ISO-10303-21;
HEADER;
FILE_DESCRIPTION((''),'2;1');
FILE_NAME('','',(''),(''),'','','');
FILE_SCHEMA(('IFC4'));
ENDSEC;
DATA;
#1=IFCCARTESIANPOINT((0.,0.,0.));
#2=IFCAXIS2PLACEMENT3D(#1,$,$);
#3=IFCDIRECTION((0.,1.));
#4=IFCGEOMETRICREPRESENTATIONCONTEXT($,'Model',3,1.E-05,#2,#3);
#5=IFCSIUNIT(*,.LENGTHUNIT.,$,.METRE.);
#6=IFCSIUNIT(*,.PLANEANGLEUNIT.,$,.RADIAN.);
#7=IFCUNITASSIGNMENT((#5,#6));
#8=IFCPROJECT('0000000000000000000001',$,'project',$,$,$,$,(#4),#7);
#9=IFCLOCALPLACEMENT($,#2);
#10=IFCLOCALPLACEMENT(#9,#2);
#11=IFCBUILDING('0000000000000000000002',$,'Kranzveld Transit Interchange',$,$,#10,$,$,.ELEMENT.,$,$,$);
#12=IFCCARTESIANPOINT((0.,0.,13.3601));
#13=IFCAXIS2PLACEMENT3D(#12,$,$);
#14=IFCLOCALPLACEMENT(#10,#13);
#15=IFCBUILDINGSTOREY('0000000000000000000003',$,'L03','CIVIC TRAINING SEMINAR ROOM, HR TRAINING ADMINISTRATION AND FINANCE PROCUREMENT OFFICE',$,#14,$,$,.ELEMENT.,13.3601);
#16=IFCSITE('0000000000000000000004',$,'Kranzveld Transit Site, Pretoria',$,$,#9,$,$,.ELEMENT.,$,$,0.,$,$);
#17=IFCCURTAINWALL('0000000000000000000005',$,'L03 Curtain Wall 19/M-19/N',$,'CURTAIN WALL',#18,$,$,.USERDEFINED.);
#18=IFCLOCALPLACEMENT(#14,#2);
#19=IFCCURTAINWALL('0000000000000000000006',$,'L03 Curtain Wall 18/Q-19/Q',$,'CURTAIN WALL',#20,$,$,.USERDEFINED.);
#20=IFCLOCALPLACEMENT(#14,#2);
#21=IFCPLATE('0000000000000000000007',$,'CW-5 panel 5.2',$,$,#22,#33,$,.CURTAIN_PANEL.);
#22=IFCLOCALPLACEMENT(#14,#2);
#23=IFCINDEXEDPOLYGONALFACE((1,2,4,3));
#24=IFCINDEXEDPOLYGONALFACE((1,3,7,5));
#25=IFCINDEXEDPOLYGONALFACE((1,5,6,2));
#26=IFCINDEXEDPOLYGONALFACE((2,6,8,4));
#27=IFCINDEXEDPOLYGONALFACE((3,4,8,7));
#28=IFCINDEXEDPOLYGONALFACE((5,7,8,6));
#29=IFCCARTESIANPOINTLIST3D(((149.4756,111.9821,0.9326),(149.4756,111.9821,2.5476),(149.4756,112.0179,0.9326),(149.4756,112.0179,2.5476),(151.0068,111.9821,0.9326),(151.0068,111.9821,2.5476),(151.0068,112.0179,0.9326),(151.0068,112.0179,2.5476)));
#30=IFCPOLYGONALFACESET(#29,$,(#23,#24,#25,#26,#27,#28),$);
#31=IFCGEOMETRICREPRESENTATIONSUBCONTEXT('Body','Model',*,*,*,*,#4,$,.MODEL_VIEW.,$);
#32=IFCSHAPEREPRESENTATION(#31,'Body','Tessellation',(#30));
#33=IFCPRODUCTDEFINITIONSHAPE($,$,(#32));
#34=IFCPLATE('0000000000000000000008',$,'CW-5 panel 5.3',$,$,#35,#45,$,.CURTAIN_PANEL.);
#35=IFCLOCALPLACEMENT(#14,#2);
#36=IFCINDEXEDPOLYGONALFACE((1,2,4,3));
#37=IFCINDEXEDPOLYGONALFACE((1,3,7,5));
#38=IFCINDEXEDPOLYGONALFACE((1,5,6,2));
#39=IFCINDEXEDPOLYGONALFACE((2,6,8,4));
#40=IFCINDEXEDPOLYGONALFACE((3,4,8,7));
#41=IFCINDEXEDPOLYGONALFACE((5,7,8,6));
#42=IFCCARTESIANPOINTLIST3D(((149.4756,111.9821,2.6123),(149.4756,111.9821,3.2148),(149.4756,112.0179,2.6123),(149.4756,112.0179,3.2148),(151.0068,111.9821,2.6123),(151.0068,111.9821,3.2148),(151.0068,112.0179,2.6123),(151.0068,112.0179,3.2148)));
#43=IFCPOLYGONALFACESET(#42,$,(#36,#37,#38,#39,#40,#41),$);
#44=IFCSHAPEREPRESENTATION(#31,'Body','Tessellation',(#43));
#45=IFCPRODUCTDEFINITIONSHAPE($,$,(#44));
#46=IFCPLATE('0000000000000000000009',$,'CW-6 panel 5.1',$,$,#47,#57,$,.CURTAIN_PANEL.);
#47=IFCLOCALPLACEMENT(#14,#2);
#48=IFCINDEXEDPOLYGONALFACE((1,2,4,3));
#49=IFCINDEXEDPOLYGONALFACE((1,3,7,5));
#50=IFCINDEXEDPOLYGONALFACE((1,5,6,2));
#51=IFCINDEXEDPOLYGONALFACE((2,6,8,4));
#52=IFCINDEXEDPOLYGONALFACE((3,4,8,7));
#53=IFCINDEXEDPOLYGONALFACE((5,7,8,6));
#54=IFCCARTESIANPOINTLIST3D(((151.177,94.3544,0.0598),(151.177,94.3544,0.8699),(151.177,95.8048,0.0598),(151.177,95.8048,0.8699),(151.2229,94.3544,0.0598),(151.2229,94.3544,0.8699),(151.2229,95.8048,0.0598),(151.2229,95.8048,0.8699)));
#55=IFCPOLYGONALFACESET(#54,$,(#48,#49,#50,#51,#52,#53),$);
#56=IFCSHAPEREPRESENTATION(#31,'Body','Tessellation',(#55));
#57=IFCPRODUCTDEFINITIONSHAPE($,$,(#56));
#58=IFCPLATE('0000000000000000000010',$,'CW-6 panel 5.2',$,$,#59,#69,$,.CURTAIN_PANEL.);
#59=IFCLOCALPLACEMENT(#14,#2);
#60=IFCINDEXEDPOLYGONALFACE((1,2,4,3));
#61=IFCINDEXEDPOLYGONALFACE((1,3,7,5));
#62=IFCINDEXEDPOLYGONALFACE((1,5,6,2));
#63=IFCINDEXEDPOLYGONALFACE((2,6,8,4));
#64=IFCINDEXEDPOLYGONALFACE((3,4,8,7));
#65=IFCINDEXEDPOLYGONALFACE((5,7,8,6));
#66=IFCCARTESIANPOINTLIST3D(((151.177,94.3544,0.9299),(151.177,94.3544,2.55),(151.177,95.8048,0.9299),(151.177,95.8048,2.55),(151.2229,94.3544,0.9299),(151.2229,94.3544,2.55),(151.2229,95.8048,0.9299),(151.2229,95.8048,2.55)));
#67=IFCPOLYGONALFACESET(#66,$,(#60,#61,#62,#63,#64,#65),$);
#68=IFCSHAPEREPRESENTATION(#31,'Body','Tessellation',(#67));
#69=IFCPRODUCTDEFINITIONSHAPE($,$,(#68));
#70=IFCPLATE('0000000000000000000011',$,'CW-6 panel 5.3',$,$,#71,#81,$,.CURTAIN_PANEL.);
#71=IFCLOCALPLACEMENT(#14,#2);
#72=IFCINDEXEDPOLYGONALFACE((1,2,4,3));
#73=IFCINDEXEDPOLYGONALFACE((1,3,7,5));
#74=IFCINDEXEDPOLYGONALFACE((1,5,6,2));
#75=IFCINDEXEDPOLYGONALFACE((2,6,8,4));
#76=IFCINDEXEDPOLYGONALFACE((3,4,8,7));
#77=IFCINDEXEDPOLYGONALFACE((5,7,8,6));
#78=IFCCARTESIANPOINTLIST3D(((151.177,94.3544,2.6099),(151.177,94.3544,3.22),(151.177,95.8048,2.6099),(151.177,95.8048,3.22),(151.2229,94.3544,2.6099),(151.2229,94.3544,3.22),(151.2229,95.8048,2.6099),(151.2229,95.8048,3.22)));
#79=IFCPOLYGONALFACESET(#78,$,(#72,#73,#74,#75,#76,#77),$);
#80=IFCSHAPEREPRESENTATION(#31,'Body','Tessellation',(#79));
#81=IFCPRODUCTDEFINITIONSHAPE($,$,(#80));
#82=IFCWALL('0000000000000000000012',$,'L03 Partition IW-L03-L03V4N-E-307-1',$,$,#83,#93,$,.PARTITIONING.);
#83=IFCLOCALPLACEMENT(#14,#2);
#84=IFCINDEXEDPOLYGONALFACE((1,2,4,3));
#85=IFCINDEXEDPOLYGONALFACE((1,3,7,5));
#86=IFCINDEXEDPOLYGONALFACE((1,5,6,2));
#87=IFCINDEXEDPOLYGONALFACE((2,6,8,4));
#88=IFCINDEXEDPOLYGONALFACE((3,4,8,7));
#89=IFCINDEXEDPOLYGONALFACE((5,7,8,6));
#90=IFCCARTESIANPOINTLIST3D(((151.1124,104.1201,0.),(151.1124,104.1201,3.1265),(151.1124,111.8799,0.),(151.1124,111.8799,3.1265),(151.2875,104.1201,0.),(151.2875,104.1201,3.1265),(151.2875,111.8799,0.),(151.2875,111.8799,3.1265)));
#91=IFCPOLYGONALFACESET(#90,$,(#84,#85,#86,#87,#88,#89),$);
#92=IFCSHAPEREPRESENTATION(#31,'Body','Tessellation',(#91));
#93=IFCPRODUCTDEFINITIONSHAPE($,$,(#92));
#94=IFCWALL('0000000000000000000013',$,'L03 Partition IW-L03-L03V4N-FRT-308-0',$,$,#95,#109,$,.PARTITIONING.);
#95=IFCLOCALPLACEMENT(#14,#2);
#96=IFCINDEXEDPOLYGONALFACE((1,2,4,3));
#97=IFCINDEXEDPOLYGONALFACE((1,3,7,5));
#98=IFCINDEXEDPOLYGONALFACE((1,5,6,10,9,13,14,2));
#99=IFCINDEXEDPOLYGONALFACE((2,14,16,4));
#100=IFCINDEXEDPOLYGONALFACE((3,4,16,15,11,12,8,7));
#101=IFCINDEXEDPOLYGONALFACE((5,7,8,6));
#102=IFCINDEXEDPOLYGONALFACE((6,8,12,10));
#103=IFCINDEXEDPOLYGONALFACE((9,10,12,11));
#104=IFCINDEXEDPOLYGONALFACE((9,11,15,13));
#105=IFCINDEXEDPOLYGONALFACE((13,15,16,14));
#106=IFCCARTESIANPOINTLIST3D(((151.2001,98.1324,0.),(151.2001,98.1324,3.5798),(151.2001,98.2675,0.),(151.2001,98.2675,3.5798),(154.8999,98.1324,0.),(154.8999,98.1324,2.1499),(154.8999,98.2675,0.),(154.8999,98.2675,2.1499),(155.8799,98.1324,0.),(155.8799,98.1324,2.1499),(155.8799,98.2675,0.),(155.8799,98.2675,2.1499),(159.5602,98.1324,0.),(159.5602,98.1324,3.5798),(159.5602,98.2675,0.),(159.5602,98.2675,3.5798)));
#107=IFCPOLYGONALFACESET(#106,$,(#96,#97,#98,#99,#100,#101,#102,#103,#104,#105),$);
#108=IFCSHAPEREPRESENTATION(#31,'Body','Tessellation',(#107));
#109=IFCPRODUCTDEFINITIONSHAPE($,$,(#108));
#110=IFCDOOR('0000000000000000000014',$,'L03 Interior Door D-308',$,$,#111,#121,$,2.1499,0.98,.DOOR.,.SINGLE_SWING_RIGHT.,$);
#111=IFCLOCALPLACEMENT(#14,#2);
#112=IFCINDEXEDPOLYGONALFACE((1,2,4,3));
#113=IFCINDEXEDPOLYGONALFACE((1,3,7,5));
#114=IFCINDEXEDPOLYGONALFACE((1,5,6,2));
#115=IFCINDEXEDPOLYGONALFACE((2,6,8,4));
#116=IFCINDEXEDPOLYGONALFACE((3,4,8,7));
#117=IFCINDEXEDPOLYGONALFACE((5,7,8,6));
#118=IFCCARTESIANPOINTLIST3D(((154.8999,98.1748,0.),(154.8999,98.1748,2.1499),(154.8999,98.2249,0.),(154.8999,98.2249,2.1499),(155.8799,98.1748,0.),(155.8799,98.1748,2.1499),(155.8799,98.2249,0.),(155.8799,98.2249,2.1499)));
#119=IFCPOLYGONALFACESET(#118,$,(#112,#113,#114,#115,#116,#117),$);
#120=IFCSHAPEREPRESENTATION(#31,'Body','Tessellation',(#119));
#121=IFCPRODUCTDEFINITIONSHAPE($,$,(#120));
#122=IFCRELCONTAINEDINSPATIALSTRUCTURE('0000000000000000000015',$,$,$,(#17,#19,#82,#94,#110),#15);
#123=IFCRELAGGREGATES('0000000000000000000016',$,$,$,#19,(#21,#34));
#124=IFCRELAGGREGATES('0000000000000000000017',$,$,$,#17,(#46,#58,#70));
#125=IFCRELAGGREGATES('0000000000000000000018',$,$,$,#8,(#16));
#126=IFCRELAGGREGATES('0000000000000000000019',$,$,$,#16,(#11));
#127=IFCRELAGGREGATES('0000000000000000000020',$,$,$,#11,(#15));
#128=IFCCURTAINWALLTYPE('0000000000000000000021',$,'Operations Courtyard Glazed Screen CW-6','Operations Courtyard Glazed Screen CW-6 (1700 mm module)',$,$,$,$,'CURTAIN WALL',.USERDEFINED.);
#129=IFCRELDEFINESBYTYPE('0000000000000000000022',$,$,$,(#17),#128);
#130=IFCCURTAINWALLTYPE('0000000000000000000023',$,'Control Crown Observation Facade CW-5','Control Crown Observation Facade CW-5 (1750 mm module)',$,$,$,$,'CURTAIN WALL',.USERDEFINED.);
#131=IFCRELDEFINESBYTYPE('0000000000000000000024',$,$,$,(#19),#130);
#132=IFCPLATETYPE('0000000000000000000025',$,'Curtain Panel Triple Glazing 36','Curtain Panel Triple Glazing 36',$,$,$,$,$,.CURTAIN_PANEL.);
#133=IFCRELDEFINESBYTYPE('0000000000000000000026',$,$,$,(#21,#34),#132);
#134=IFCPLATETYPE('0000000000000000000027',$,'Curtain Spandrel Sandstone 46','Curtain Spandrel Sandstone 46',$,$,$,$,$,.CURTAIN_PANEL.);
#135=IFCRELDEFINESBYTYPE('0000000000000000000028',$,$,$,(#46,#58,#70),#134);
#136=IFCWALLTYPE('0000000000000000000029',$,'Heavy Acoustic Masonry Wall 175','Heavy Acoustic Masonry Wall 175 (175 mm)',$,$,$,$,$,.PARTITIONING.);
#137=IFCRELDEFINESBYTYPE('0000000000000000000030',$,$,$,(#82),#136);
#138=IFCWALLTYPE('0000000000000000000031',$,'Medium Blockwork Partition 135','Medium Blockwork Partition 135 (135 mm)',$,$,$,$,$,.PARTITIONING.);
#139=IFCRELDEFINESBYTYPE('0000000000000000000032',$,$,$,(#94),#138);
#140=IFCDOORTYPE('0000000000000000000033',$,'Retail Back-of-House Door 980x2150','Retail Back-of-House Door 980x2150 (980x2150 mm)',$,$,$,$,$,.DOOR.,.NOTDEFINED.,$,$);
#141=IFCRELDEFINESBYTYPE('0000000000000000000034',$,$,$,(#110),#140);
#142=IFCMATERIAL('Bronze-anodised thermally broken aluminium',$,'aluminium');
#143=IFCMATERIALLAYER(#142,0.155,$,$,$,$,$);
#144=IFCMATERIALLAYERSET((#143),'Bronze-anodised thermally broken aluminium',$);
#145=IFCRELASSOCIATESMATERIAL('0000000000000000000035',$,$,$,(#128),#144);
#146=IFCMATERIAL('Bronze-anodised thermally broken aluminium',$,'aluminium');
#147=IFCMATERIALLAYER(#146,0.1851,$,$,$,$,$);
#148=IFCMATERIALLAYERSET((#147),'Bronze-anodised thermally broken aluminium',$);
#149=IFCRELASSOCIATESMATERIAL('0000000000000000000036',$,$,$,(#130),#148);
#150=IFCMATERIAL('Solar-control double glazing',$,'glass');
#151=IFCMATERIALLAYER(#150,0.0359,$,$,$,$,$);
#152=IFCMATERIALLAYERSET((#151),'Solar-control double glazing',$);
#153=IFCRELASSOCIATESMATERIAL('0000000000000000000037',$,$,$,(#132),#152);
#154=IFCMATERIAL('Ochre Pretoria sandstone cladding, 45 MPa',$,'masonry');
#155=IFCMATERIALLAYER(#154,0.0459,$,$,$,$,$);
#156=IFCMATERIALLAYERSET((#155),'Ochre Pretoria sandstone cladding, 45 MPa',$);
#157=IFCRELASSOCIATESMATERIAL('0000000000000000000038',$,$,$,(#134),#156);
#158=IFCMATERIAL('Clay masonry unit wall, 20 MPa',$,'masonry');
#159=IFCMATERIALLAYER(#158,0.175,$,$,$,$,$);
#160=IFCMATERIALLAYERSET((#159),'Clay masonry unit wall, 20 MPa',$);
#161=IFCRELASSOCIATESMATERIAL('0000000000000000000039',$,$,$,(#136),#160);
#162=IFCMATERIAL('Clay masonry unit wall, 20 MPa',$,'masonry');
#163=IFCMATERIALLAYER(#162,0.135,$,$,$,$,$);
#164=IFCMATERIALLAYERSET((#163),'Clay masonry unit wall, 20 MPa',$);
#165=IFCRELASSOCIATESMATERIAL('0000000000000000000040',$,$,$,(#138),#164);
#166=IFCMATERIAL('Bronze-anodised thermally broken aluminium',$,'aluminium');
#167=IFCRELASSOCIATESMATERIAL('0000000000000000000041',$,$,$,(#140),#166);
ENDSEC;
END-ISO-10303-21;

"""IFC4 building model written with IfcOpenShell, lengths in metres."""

from ifc_helpers import new_model, si_unit, direction, frame, frame_2d, origin, origin_2d, place, context, subcontext, project, spatial, rectangle, extrude, material, layer, layer_set, type_object, element, fill, aggregate, save


model = new_model("IFC4")

# Units and contexts
model_context = context("Model", 3, precision=1e-05, world=origin(), true_north=direction((0.0, 1.0)))
body_context = subcontext(model_context, "Body", "Model", "MODEL_VIEW")
ifc_project = project(units=[si_unit("LENGTHUNIT", "METRE"), si_unit("PLANEANGLEUNIT", "RADIAN")], contexts=[model_context])

# Site, building, storey
site_placement = place(None, origin())
site = spatial("IfcSite", under=ifc_project, at=site_placement, Name="Kranzveld Transit Site, Pretoria", CompositionType="ELEMENT", RefElevation=0.0)
building_placement = place(site_placement, origin())
building = spatial("IfcBuilding", under=site, at=building_placement, Name="Kranzveld Transit Interchange", CompositionType="ELEMENT")
storey_placement = place(building_placement, frame((0.0, 0.0, 13.3601)))
storey = spatial("IfcBuildingStorey", under=building, at=storey_placement, Name="L03", Description="CIVIC TRAINING SEMINAR ROOM, HR TRAINING ADMINISTRATION AND FINANCE PROCUREMENT OFFICE", CompositionType="ELEMENT", Elevation=13.3601)

# Curtain walls
ifc_material_1 = material(Name="Bronze-anodised thermally broken aluminium", Category="aluminium")
ifc_layer_1 = layer(ifc_material_1, 0.155)
ifc_layer_set_1 = layer_set([ifc_layer_1], Name="Bronze-anodised thermally broken aluminium")
curtain_wall_type_1 = type_object("IfcCurtainWallType", Name="Operations Courtyard Glazed Screen CW-6", Description="Operations Courtyard Glazed Screen CW-6 (1700 mm module)", ElementType="CURTAIN WALL", PredefinedType="USERDEFINED", material=ifc_layer_set_1)
curtain_wall_1_placement = place(storey_placement, origin())
curtain_wall_1 = element("IfcCurtainWall", 1, at=curtain_wall_1_placement, inside=storey, type_object=curtain_wall_type_1, Name="L03 Curtain Wall 19/M-19/N", ObjectType="CURTAIN WALL", PredefinedType="USERDEFINED")
ifc_material_2 = material(Name="Bronze-anodised thermally broken aluminium", Category="aluminium")
ifc_layer_2 = layer(ifc_material_2, 0.1851)
ifc_layer_set_2 = layer_set([ifc_layer_2], Name="Bronze-anodised thermally broken aluminium")
curtain_wall_type_2 = type_object("IfcCurtainWallType", Name="Control Crown Observation Facade CW-5", Description="Control Crown Observation Facade CW-5 (1750 mm module)", ElementType="CURTAIN WALL", PredefinedType="USERDEFINED", material=ifc_layer_set_2)
curtain_wall_2_placement = place(storey_placement, origin())
curtain_wall_2 = element("IfcCurtainWall", 2, at=curtain_wall_2_placement, inside=storey, type_object=curtain_wall_type_2, Name="L03 Curtain Wall 18/Q-19/Q", ObjectType="CURTAIN WALL", PredefinedType="USERDEFINED")

# Plates
ifc_material_3 = material(Name="Solar-control double glazing", Category="glass")
ifc_layer_3 = layer(ifc_material_3, 0.0359)
ifc_layer_set_3 = layer_set([ifc_layer_3], Name="Solar-control double glazing")
plate_type_1 = type_object("IfcPlateType", Name="Curtain Panel Triple Glazing 36", Description="Curtain Panel Triple Glazing 36", PredefinedType="CURTAIN_PANEL", material=ifc_layer_set_3)
plate_1_placement = place(storey_placement, frame((150.2412, 112.0, 0.9326), z_axis=(0.0, 0.0, 1.0), x_axis=(1.0, 0.0, 0.0)))
plate_1 = element("IfcPlate", 3, at=plate_1_placement, type_object=plate_type_1, Name="CW-5 panel 5.2", PredefinedType="CURTAIN_PANEL", context=body_context, shape_type="SweptSolid", body=[
    extrude(rectangle(XDim=1.5312, YDim=0.0359, at=origin_2d()), origin(), (0.0, 0.0, 1.0), 1.615),
])
plate_2_placement = place(storey_placement, frame((150.2412, 112.0, 2.6123), z_axis=(0.0, 0.0, 1.0), x_axis=(1.0, 0.0, 0.0)))
plate_2 = element("IfcPlate", 4, at=plate_2_placement, type_object=plate_type_1, Name="CW-5 panel 5.3", PredefinedType="CURTAIN_PANEL", context=body_context, shape_type="SweptSolid", body=[
    extrude(rectangle(XDim=1.5312, YDim=0.0359, at=origin_2d()), origin(), (0.0, 0.0, 1.0), 0.6025),
])
aggregate(curtain_wall_2, [plate_1, plate_2])
ifc_material_4 = material(Name="Ochre Pretoria sandstone cladding, 45 MPa", Category="masonry")
ifc_layer_4 = layer(ifc_material_4, 0.0459)
ifc_layer_set_4 = layer_set([ifc_layer_4], Name="Ochre Pretoria sandstone cladding, 45 MPa")
plate_type_2 = type_object("IfcPlateType", Name="Curtain Spandrel Sandstone 46", Description="Curtain Spandrel Sandstone 46", PredefinedType="CURTAIN_PANEL", material=ifc_layer_set_4)
plate_3_placement = place(storey_placement, frame((151.2, 95.0796, 0.0598), z_axis=(0.0, 0.0, 1.0), x_axis=(0.0, 1.0, 0.0)))
plate_3 = element("IfcPlate", 5, at=plate_3_placement, type_object=plate_type_2, Name="CW-6 panel 5.1", PredefinedType="CURTAIN_PANEL", context=body_context, shape_type="SweptSolid", body=[
    extrude(rectangle(XDim=1.4504, YDim=0.0459, at=origin_2d()), origin(), (0.0, 0.0, 1.0), 0.8101),
])
plate_4_placement = place(storey_placement, frame((151.2, 95.0796, 0.9299), z_axis=(0.0, 0.0, 1.0), x_axis=(0.0, 1.0, 0.0)))
plate_4 = element("IfcPlate", 6, at=plate_4_placement, type_object=plate_type_2, Name="CW-6 panel 5.2", PredefinedType="CURTAIN_PANEL", context=body_context, shape_type="SweptSolid", body=[
    extrude(rectangle(XDim=1.4504, YDim=0.0459, at=origin_2d()), origin(), (0.0, 0.0, 1.0), 1.6201),
])
plate_5_placement = place(storey_placement, frame((151.2, 95.0796, 2.6099), z_axis=(0.0, 0.0, 1.0), x_axis=(0.0, 1.0, 0.0)))
plate_5 = element("IfcPlate", 7, at=plate_5_placement, type_object=plate_type_2, Name="CW-6 panel 5.3", PredefinedType="CURTAIN_PANEL", context=body_context, shape_type="SweptSolid", body=[
    extrude(rectangle(XDim=1.4504, YDim=0.0459, at=origin_2d()), origin(), (0.0, 0.0, 1.0), 0.6101),
])
aggregate(curtain_wall_1, [plate_3, plate_4, plate_5])

# Wall
ifc_material_5 = material(Name="Clay masonry unit wall, 20 MPa", Category="masonry")
ifc_layer_5 = layer(ifc_material_5, 0.175)
ifc_layer_set_5 = layer_set([ifc_layer_5], Name="Clay masonry unit wall, 20 MPa")
wall_type_1 = type_object("IfcWallType", Name="Heavy Acoustic Masonry Wall 175", Description="Heavy Acoustic Masonry Wall 175 (175 mm)", PredefinedType="PARTITIONING", material=ifc_layer_set_5)
wall_1_placement = place(storey_placement, frame((151.2, 104.1201, 0.0), z_axis=(0.0, 0.0, 1.0), x_axis=(0.0, 1.0, 0.0)))
element("IfcWall", 8, at=wall_1_placement, inside=storey, type_object=wall_type_1, Name="L03 Partition IW-L03-L03V4N-E-307-1", PredefinedType="PARTITIONING", context=body_context, shape_type="SweptSolid", body=[
    extrude(rectangle(XDim=7.7598, YDim=0.175, at=frame_2d((3.8799, 0.0))), origin(), (0.0, 0.0, 1.0), 3.1265),
])

# Wall, opening, door
ifc_material_6 = material(Name="Clay masonry unit wall, 20 MPa", Category="masonry")
ifc_layer_6 = layer(ifc_material_6, 0.135)
ifc_layer_set_6 = layer_set([ifc_layer_6], Name="Clay masonry unit wall, 20 MPa")
wall_type_2 = type_object("IfcWallType", Name="Medium Blockwork Partition 135", Description="Medium Blockwork Partition 135 (135 mm)", PredefinedType="PARTITIONING", material=ifc_layer_set_6)
wall_2_placement = place(storey_placement, frame((151.2, 98.2, 0.0), z_axis=(0.0, 0.0, 1.0), x_axis=(1.0, 0.0, 0.0)))
wall_2 = element("IfcWall", 9, at=wall_2_placement, inside=storey, type_object=wall_type_2, Name="L03 Partition IW-L03-L03V4N-FRT-308-0", PredefinedType="PARTITIONING", context=body_context, shape_type="SweptSolid", body=[
    extrude(rectangle(XDim=8.3601, YDim=0.135, at=frame_2d((4.1802, 0.0))), origin(), (0.0, 0.0, 1.0), 3.5798),
])
opening_placement = place(wall_2_placement, frame((3.7, 0.0, 0.0), z_axis=(0.0, 0.0, 1.0), x_axis=(1.0, 0.0, 0.0)))
opening = element("IfcOpeningElement", 10, at=opening_placement, cuts=wall_2, PredefinedType="OPENING", context=body_context, shape_type="SweptSolid", body=[
    extrude(rectangle(XDim=0.98, YDim=2.1499, at=frame_2d((0.49, 1.075))), frame((0.0, 0.0774, 0.0), z_axis=(0.0, -1.0, 0.0), x_axis=(1.0, 0.0, 0.0)), (0.0, 0.0, 1.0), 0.155),
])
ifc_material_7 = material(Name="Bronze-anodised thermally broken aluminium", Category="aluminium")
door_type = type_object("IfcDoorType", Name="Retail Back-of-House Door 980x2150", Description="Retail Back-of-House Door 980x2150 (980x2150 mm)", OperationType="NOTDEFINED", PredefinedType="DOOR", material=ifc_material_7)
door_placement = place(opening_placement, origin())
door = element("IfcDoor", 11, at=door_placement, inside=storey, type_object=door_type, Name="L03 Interior Door D-308", OperationType="SINGLE_SWING_RIGHT", OverallHeight=2.1499, OverallWidth=0.98, PredefinedType="DOOR", context=body_context, shape_type="SweptSolid", body=[
    extrude(rectangle(XDim=0.98, YDim=2.1499, at=frame_2d((0.49, 1.075))), frame((0.0, 0.0249, 0.0), z_axis=(0.0, -1.0, 0.0), x_axis=(1.0, 0.0, 0.0)), (0.0, 0.0, 1.0), 0.05),
])
fill(opening, door)

save(model, "model.ifc")
